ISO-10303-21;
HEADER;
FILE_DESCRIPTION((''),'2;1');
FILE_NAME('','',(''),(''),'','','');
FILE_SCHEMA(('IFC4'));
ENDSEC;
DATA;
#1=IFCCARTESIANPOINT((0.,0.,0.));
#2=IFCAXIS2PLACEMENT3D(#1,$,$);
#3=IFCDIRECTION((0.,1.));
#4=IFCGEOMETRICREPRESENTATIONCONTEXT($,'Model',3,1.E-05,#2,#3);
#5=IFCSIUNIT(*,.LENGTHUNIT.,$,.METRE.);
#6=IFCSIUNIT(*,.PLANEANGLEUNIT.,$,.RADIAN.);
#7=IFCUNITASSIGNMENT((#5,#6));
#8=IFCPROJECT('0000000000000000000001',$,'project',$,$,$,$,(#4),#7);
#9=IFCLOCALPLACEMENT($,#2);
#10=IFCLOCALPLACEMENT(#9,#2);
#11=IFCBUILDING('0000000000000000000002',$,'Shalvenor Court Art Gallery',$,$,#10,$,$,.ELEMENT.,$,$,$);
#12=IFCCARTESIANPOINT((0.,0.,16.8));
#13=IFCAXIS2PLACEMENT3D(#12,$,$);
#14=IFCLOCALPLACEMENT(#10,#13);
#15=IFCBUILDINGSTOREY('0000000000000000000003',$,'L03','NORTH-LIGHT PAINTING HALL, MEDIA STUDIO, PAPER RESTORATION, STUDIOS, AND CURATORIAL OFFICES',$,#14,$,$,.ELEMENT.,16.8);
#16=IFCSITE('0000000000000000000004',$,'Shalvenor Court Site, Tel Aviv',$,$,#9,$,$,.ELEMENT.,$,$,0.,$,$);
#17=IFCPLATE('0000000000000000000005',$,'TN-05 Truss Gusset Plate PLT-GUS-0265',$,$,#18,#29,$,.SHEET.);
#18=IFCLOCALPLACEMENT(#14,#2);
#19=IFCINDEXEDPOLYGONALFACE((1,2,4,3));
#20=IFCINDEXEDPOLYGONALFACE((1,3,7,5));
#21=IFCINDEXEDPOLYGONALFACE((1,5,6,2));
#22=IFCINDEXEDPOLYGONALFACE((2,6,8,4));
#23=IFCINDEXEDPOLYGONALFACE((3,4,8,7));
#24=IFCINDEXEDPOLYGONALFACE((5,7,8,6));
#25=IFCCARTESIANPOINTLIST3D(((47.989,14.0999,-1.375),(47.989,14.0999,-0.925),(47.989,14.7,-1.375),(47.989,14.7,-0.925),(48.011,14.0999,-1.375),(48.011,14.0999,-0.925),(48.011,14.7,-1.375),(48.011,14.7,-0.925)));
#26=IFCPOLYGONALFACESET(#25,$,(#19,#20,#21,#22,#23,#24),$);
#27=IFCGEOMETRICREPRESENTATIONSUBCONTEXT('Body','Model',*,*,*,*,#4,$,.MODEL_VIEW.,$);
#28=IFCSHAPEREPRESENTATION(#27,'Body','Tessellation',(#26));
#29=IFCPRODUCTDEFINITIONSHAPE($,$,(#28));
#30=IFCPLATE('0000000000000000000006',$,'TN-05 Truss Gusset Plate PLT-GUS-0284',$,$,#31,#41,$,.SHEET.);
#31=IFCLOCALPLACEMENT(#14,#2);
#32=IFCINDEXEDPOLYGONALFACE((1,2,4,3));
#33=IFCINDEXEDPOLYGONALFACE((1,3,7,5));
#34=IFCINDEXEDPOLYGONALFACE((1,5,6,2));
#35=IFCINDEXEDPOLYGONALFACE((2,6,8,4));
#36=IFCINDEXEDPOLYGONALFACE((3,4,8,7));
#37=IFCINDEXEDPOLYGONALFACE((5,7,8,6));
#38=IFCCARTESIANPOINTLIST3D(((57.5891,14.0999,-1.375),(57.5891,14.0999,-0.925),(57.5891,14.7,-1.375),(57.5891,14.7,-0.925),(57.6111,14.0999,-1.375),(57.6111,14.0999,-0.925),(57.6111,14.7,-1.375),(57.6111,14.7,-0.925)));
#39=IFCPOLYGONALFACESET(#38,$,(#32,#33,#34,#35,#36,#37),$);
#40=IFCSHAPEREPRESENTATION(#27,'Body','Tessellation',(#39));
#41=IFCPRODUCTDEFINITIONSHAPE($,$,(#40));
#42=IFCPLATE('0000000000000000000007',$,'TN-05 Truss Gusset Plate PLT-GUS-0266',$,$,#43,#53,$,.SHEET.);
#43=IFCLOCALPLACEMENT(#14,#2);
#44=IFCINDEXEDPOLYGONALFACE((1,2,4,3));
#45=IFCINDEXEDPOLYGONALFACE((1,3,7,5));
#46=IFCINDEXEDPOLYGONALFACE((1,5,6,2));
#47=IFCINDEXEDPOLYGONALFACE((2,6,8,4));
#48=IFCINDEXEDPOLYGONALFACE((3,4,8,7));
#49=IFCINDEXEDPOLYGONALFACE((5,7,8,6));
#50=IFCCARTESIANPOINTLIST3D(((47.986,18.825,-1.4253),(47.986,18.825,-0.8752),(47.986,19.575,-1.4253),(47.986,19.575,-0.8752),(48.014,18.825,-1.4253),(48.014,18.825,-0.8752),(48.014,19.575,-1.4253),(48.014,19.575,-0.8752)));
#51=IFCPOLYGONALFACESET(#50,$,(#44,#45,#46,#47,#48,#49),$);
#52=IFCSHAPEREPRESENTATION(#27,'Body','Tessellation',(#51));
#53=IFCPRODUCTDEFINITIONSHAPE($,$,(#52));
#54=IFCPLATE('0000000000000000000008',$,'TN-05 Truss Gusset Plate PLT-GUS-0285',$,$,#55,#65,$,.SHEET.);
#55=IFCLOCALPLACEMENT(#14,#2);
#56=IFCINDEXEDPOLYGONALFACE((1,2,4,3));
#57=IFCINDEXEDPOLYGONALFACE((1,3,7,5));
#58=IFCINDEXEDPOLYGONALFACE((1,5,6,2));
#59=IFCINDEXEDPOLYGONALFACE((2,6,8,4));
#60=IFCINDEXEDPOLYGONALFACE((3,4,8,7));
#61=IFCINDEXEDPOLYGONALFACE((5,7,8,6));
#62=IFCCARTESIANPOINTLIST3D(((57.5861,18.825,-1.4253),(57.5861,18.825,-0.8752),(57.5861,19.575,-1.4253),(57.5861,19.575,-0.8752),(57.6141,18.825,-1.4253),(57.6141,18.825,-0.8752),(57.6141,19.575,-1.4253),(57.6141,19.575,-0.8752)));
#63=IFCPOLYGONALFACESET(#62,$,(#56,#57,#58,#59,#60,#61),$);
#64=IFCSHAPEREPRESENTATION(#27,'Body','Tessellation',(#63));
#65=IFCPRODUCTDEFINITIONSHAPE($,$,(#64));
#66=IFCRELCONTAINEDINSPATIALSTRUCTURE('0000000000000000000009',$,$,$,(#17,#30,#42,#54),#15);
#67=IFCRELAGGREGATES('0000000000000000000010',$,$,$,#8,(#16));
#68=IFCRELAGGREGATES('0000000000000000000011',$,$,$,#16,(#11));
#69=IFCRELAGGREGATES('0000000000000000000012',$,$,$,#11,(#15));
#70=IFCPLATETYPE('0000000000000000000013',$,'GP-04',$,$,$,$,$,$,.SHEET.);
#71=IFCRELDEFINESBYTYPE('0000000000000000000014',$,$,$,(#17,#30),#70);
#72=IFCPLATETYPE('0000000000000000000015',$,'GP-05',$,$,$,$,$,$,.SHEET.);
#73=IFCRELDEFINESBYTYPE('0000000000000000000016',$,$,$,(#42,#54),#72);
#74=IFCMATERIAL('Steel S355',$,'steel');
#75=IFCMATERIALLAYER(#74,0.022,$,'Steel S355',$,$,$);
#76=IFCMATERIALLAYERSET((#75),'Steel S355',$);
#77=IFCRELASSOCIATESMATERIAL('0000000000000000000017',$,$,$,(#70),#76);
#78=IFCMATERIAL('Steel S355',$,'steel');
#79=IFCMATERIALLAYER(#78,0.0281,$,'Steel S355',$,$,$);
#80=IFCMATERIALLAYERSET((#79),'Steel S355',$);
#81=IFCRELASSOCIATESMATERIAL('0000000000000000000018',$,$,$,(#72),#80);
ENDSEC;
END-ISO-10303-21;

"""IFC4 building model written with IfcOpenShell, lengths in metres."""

from ifc_helpers import new_model, si_unit, direction, frame, origin, origin_2d, place, context, subcontext, project, spatial, rectangle, extrude, material, layer, layer_set, type_object, element, save


model = new_model("IFC4")

# Units and contexts
model_context = context("Model", 3, precision=1e-05, world=origin(), true_north=direction((0.0, 1.0)))
body_context = subcontext(model_context, "Body", "Model", "MODEL_VIEW")
ifc_project = project(units=[si_unit("LENGTHUNIT", "METRE"), si_unit("PLANEANGLEUNIT", "RADIAN")], contexts=[model_context])

# Site, building, storey
site_placement = place(None, origin())
site = spatial("IfcSite", under=ifc_project, at=site_placement, Name="Shalvenor Court Site, Tel Aviv", CompositionType="ELEMENT", RefElevation=0.0)
building_placement = place(site_placement, origin())
building = spatial("IfcBuilding", under=site, at=building_placement, Name="Shalvenor Court Art Gallery", CompositionType="ELEMENT")
storey_placement = place(building_placement, frame((0.0, 0.0, 16.8)))
storey = spatial("IfcBuildingStorey", under=building, at=storey_placement, Name="L03", Description="NORTH-LIGHT PAINTING HALL, MEDIA STUDIO, PAPER RESTORATION, STUDIOS, AND CURATORIAL OFFICES", CompositionType="ELEMENT", Elevation=16.8)

# Plates
ifc_material_1 = material(Name="Steel S355", Category="steel")
ifc_layer_1 = layer(ifc_material_1, 0.022, Name="Steel S355")
ifc_layer_set_1 = layer_set([ifc_layer_1], Name="Steel S355")
plate_type_1 = type_object("IfcPlateType", Name="GP-04", PredefinedType="SHEET", material=ifc_layer_set_1)
for number, where, z_axis, x_axis, name in (
    (1, (48.0, 14.3999, -1.375), (0.0, 0.0, 1.0), (0.0, 1.0, 0.0), "TN-05 Truss Gusset Plate PLT-GUS-0265"),
    (2, (57.6001, 14.3999, -1.375), (0.0, 0.0, 1.0), (0.0, 1.0, 0.0), "TN-05 Truss Gusset Plate PLT-GUS-0284"),
):
    element("IfcPlate", number, at=place(storey_placement, frame(where, z_axis=z_axis, x_axis=x_axis)), inside=storey, type_object=plate_type_1, Name=name, PredefinedType="SHEET", context=body_context, shape_type="SweptSolid", body=[
        extrude(rectangle(XDim=0.6001, YDim=0.022, at=origin_2d()), origin(), (0.0, 0.0, 1.0), 0.45),
    ])
ifc_material_2 = material(Name="Steel S355", Category="steel")
ifc_layer_2 = layer(ifc_material_2, 0.0281, Name="Steel S355")
ifc_layer_set_2 = layer_set([ifc_layer_2], Name="Steel S355")
plate_type_2 = type_object("IfcPlateType", Name="GP-05", PredefinedType="SHEET", material=ifc_layer_set_2)
for number, where, z_axis, x_axis, name in (
    (3, (48.0, 19.2, -1.4253), (0.0, 0.0, 1.0), (0.0, 1.0, 0.0), "TN-05 Truss Gusset Plate PLT-GUS-0266"),
    (4, (57.6001, 19.2, -1.4253), (0.0, 0.0, 1.0), (0.0, 1.0, 0.0), "TN-05 Truss Gusset Plate PLT-GUS-0285"),
):
    element("IfcPlate", number, at=place(storey_placement, frame(where, z_axis=z_axis, x_axis=x_axis)), inside=storey, type_object=plate_type_2, Name=name, PredefinedType="SHEET", context=body_context, shape_type="SweptSolid", body=[
        extrude(rectangle(XDim=0.75, YDim=0.0281, at=origin_2d()), origin(), (0.0, 0.0, 1.0), 0.55),
    ])

save(model, "model.ifc")
